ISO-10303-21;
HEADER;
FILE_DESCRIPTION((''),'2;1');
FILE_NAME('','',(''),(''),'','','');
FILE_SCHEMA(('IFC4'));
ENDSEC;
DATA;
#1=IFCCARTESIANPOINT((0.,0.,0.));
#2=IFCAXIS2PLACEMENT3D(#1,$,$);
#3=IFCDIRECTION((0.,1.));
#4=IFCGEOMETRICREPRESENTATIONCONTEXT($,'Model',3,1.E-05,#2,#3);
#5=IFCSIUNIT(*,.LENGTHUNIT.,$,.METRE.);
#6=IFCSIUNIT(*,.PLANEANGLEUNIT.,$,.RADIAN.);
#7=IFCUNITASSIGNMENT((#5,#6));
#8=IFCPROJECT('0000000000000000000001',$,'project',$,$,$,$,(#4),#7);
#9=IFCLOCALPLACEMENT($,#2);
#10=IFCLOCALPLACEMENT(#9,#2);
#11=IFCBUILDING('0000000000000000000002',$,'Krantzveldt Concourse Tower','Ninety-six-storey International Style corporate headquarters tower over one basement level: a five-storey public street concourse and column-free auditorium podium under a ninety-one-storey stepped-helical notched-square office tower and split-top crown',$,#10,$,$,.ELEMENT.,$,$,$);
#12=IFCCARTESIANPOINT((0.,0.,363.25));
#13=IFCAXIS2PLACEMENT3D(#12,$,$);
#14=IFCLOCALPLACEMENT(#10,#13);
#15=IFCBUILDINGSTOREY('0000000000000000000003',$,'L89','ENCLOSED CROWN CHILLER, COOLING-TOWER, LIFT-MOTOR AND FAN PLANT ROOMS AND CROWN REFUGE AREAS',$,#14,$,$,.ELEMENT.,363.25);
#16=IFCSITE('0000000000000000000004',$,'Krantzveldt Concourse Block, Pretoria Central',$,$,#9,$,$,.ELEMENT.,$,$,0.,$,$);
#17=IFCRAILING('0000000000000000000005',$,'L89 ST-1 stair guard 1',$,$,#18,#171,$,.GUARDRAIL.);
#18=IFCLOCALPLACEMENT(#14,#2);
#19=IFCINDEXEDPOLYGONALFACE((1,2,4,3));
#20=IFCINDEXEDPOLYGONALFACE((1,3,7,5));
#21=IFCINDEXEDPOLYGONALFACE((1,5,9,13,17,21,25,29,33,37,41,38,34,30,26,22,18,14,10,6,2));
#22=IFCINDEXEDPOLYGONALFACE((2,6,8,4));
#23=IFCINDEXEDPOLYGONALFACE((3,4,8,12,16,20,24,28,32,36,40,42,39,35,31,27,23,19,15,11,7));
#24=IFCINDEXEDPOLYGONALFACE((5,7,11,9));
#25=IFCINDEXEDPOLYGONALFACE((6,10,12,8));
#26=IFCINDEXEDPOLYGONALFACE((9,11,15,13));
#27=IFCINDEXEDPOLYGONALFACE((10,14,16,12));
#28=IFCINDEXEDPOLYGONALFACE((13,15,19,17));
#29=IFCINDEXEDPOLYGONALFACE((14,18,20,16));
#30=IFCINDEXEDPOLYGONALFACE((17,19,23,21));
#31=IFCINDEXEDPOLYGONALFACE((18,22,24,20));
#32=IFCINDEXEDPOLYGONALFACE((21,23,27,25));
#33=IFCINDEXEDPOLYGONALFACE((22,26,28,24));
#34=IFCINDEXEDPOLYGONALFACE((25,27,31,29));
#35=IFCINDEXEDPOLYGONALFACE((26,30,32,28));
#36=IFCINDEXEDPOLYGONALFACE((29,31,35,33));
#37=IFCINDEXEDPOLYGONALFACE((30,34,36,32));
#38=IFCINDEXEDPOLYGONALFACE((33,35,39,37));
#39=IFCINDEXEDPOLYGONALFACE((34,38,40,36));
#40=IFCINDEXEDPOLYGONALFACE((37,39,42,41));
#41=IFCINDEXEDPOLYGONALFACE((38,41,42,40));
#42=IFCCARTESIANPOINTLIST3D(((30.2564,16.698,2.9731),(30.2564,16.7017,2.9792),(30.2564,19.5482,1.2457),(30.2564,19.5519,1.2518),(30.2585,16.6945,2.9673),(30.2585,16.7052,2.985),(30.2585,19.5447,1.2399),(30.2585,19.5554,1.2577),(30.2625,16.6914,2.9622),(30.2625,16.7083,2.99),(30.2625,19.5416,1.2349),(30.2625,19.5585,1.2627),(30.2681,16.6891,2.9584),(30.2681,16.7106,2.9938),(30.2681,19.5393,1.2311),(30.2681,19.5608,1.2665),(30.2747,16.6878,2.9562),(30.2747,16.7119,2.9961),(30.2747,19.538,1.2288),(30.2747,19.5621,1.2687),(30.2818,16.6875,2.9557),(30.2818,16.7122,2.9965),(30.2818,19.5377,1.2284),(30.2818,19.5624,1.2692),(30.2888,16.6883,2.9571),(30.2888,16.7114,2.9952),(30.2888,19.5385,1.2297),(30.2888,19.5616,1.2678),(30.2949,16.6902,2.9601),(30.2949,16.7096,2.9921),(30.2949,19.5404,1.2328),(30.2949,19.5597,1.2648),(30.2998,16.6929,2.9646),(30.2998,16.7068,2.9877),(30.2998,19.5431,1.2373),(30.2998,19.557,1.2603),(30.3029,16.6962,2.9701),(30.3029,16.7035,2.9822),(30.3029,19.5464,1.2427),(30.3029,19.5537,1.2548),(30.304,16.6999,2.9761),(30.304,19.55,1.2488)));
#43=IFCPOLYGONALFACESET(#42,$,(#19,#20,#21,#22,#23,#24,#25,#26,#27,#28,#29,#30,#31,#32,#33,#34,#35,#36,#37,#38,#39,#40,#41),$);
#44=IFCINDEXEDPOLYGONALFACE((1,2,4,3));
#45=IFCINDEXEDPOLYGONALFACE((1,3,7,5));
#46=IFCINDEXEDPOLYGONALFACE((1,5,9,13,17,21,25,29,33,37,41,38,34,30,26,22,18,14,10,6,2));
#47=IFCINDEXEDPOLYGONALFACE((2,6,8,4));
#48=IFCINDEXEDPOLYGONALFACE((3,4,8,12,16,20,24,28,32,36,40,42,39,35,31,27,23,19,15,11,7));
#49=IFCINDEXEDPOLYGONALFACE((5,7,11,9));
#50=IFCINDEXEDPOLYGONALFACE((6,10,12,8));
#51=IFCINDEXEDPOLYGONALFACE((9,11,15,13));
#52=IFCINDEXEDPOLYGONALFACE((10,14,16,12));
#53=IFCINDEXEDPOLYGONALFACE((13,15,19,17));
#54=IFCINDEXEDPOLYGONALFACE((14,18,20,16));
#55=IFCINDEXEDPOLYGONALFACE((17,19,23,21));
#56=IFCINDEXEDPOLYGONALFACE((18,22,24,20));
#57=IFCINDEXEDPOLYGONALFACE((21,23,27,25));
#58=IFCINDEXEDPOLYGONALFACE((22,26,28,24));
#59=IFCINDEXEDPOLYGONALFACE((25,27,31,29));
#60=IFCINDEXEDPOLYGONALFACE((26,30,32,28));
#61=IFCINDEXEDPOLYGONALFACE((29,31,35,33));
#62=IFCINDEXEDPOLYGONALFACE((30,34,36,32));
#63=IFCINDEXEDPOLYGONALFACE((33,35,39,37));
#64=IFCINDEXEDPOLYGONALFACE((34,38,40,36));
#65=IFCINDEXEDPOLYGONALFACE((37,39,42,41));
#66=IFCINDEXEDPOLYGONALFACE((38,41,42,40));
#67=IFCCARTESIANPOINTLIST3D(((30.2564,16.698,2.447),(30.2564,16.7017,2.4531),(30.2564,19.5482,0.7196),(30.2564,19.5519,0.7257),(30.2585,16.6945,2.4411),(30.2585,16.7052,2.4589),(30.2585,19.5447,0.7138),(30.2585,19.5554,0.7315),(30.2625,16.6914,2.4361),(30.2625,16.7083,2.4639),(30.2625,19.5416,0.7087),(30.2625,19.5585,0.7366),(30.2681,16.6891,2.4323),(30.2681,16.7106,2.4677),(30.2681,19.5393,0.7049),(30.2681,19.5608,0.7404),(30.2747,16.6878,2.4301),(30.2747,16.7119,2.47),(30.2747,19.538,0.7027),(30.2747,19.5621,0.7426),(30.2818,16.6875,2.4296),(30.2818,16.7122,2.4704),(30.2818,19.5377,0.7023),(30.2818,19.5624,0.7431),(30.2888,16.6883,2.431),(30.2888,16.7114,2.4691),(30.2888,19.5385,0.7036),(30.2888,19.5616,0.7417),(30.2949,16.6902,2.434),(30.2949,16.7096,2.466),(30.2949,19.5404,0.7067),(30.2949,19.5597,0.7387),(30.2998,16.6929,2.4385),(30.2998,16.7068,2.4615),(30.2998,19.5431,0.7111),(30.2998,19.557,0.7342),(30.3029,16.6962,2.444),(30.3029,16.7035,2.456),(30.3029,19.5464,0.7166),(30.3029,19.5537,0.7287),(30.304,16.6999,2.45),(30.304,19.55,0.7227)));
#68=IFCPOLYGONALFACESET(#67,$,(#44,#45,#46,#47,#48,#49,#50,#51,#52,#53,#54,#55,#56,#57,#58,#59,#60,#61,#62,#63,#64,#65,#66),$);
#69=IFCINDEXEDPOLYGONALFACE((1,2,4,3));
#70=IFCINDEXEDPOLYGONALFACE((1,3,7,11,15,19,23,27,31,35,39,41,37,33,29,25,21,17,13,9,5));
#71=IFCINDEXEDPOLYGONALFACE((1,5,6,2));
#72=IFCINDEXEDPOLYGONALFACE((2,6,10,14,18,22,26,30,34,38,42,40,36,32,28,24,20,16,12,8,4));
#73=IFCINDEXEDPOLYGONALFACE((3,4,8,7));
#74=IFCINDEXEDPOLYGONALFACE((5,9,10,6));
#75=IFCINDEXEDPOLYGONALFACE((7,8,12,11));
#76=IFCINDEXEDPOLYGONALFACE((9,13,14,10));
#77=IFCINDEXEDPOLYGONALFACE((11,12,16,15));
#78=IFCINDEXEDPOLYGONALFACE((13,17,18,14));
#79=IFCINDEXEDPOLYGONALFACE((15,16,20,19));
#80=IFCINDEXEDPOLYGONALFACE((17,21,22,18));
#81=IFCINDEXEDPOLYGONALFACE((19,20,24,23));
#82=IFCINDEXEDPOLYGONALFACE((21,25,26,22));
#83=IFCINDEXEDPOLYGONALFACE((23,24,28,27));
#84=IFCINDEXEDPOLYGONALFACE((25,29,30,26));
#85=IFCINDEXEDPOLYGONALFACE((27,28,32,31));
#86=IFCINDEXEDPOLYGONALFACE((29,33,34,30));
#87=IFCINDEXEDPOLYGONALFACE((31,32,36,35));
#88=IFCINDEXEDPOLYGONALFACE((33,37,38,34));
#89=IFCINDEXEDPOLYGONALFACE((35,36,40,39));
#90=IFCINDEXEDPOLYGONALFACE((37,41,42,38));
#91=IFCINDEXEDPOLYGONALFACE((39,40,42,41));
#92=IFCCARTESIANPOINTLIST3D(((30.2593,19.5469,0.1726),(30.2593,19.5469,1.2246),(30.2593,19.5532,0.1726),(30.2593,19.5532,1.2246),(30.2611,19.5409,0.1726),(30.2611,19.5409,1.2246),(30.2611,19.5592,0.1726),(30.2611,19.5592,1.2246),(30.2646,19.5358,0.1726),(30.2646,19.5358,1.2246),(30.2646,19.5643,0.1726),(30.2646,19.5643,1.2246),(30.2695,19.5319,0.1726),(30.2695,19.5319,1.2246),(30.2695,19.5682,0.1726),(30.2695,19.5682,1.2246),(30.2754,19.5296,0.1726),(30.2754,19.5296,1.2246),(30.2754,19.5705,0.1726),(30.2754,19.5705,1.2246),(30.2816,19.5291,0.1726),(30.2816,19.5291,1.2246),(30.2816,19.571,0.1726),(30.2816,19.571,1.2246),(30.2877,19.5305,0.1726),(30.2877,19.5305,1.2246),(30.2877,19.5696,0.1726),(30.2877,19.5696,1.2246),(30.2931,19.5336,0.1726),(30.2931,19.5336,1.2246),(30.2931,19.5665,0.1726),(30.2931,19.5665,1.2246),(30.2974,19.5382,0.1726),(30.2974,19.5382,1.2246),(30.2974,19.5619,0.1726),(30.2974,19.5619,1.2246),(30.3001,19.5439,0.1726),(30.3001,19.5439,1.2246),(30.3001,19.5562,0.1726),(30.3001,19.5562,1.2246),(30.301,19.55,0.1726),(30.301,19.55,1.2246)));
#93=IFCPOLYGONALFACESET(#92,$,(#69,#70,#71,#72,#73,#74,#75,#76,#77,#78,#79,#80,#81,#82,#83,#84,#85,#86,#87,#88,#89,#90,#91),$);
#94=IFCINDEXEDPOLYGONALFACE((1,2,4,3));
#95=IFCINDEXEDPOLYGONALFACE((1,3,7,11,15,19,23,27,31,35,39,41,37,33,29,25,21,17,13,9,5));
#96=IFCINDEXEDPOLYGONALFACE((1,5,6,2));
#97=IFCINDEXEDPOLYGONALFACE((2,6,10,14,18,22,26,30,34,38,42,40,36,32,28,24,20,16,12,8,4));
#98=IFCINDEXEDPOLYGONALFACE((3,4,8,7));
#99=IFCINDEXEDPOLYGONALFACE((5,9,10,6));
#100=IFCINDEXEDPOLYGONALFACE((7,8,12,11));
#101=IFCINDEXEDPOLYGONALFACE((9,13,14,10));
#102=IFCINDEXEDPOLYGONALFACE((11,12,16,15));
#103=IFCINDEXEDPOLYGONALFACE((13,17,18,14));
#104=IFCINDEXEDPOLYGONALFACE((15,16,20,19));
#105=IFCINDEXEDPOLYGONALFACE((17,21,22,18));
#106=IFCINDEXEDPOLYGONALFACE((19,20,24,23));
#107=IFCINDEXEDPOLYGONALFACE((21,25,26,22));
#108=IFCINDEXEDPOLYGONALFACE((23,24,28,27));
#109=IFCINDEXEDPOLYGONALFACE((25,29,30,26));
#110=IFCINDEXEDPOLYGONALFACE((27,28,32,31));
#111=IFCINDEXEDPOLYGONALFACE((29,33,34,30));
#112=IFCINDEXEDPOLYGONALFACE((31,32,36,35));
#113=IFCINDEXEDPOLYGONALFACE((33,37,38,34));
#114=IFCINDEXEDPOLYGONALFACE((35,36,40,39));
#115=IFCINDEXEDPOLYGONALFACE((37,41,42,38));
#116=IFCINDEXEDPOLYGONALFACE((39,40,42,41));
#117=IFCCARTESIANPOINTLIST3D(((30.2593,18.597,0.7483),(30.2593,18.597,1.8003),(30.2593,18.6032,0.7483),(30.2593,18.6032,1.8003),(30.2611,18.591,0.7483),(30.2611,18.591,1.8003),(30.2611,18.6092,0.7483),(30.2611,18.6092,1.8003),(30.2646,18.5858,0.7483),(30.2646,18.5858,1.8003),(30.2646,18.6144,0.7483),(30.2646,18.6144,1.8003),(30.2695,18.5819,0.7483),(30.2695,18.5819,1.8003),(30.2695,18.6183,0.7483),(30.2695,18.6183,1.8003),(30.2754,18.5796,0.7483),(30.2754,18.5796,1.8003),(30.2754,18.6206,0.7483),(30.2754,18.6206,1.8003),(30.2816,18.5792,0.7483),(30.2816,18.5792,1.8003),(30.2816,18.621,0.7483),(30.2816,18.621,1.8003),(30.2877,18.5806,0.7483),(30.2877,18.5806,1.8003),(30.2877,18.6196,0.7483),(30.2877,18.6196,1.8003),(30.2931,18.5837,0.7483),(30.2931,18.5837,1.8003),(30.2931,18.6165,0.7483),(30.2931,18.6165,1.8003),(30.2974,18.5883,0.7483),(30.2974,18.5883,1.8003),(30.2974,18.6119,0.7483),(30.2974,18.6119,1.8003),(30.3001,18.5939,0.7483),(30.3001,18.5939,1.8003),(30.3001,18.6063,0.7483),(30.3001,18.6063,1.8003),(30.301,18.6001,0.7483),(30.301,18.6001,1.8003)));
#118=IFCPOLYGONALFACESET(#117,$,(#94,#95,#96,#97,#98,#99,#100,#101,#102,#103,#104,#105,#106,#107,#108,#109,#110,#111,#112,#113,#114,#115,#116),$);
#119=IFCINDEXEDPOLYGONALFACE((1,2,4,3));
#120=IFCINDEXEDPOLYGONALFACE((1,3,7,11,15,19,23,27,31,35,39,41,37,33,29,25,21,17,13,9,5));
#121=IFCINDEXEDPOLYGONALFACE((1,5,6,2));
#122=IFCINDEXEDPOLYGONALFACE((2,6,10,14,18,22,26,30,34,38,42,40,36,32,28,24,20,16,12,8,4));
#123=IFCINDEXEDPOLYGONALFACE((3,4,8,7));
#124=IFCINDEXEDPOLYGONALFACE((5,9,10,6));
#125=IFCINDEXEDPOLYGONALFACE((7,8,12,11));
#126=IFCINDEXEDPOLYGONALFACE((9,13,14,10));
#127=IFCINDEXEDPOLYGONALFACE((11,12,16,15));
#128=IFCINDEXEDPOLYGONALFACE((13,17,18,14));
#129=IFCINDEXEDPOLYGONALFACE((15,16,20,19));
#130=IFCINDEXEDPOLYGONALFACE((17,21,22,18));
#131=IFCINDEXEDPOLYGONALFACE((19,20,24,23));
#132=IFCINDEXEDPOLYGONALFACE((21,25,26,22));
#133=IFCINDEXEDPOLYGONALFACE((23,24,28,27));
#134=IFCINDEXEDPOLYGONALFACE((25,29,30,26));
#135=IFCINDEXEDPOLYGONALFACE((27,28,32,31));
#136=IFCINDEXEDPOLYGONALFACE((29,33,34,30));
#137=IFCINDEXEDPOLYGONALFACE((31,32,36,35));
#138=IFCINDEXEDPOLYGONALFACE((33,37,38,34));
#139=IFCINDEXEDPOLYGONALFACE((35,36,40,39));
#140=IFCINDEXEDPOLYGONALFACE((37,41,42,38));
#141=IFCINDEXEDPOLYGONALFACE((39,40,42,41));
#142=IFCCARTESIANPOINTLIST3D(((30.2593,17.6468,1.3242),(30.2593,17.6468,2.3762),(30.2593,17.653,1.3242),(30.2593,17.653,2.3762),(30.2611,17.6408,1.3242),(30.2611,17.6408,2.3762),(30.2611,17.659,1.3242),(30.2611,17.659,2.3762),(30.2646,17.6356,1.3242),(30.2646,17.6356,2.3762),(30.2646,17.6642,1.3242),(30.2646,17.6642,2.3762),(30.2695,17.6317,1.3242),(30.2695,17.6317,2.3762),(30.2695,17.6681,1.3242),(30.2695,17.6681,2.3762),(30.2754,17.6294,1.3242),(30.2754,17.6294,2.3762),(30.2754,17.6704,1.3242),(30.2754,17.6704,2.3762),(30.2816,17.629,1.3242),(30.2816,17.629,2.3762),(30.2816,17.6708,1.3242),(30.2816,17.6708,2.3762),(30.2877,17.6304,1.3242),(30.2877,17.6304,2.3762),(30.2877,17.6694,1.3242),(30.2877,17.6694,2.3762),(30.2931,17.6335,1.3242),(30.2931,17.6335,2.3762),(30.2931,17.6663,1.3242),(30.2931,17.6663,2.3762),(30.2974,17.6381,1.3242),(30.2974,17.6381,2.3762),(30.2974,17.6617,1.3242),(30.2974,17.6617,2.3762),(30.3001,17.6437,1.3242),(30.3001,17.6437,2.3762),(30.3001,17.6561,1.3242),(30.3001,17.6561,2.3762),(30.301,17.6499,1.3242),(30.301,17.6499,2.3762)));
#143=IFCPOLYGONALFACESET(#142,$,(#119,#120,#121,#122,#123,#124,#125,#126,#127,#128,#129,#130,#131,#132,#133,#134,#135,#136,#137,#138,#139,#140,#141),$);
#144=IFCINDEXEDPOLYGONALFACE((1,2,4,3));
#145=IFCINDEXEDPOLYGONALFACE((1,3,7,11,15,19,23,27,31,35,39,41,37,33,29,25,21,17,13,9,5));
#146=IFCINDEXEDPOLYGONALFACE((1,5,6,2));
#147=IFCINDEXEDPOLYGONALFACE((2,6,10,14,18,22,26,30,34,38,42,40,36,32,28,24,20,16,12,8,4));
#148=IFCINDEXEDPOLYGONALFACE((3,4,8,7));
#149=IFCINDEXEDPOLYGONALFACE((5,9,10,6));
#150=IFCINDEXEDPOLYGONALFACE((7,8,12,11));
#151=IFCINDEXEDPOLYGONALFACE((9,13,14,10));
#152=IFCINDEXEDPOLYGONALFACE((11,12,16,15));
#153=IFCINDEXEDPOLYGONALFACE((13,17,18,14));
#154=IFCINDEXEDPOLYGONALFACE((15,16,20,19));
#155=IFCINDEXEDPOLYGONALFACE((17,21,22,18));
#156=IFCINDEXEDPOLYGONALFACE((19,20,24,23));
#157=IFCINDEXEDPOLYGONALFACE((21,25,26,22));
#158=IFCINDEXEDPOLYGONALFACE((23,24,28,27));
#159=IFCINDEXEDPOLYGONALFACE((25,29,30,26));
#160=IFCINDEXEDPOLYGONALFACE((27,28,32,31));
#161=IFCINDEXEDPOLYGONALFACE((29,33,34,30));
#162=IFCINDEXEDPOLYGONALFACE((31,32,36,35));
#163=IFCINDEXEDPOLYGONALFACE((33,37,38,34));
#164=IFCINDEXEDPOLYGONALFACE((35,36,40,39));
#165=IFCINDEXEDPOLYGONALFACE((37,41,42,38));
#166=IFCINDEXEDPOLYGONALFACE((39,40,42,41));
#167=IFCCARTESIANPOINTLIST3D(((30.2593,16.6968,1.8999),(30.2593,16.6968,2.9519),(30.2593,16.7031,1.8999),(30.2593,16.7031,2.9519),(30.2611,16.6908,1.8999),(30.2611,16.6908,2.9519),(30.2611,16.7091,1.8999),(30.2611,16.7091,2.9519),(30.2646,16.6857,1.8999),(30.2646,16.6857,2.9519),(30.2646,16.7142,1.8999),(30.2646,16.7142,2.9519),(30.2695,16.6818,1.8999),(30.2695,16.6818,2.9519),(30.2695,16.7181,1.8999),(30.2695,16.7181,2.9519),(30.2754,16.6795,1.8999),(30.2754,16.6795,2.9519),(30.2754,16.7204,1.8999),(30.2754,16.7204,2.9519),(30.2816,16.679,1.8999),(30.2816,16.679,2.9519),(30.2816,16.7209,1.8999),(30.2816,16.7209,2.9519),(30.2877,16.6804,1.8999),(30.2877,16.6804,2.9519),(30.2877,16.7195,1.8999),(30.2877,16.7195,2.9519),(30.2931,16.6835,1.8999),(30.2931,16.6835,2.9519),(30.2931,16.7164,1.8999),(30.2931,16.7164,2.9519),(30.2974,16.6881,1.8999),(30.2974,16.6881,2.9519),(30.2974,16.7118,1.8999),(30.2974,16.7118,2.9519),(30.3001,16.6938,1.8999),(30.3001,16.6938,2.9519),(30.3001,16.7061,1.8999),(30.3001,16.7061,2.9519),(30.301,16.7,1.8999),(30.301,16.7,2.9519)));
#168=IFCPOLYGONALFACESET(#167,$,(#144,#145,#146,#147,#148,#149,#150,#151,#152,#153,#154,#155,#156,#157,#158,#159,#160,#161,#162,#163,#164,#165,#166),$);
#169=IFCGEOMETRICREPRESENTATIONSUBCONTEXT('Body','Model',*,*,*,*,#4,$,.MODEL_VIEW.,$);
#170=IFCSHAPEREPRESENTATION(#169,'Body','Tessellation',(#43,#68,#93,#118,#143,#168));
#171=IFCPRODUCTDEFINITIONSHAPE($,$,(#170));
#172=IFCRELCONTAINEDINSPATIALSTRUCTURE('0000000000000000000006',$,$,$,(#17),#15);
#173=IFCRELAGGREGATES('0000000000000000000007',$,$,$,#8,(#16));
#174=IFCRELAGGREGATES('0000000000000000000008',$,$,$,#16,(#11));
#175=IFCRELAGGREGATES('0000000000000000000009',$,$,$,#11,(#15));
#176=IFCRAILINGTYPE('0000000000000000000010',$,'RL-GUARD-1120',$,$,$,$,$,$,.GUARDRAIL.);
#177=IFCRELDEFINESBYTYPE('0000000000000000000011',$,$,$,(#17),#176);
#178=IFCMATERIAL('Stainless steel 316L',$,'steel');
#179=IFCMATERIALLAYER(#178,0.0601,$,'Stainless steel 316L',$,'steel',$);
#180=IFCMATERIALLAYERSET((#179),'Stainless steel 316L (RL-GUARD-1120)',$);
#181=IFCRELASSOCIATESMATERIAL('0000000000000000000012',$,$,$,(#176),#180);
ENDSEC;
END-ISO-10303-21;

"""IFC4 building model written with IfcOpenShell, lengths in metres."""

from ifc_helpers import new_model, si_unit, direction, frame, origin, origin_2d, place, context, subcontext, project, spatial, circle, extrude, material, layer, layer_set, type_object, element, save


model = new_model("IFC4")

# Units and contexts
model_context = context("Model", 3, precision=1e-05, world=origin(), true_north=direction((0.0, 1.0)))
body_context = subcontext(model_context, "Body", "Model", "MODEL_VIEW")
ifc_project = project(units=[si_unit("LENGTHUNIT", "METRE"), si_unit("PLANEANGLEUNIT", "RADIAN")], contexts=[model_context])

# Site, building, storey
site_placement = place(None, origin())
site = spatial("IfcSite", under=ifc_project, at=site_placement, Name="Krantzveldt Concourse Block, Pretoria Central", CompositionType="ELEMENT", RefElevation=0.0)
building_placement = place(site_placement, origin())
building = spatial("IfcBuilding", under=site, at=building_placement, Name="Krantzveldt Concourse Tower", Description="Ninety-six-storey International Style corporate headquarters tower over one basement level: a five-storey public street concourse and column-free auditorium podium under a ninety-one-storey stepped-helical notched-square office tower and split-top crown", CompositionType="ELEMENT")
storey_placement = place(building_placement, frame((0.0, 0.0, 363.25)))
storey = spatial("IfcBuildingStorey", under=building, at=storey_placement, Name="L89", Description="ENCLOSED CROWN CHILLER, COOLING-TOWER, LIFT-MOTOR AND FAN PLANT ROOMS AND CROWN REFUGE AREAS", CompositionType="ELEMENT", Elevation=363.25)

# Shared definitions
ifc_material_1 = material(Name="Stainless steel 316L", Category="steel")

# Railing
ifc_layer_1 = layer(ifc_material_1, 0.0601, Name="Stainless steel 316L", Category="steel")
ifc_layer_set_1 = layer_set([ifc_layer_1], Name="Stainless steel 316L (RL-GUARD-1120)")
railing_type_1 = type_object("IfcRailingType", Name="RL-GUARD-1120", PredefinedType="GUARDRAIL", material=ifc_layer_set_1)
railing_1_placement = place(storey_placement, frame((30.28, 19.55, 0.1726)))
element("IfcRailing", 1, at=railing_1_placement, inside=storey, type_object=railing_type_1, Name="L89 ST-1 stair guard 1", PredefinedType="GUARDRAIL", context=body_context, shape_type="SweptSolid", body=[
    extrude(circle(Radius=0.0239, at=origin_2d()), frame((0.0, 0.0, 1.0762), z_axis=(0.0, -0.855203, 0.518294), x_axis=(1.0, 0.0, 0.0)), (0.0, 0.0, 1.0), 3.3328),
    extrude(circle(Radius=0.0239, at=origin_2d()), frame((0.0, 0.0, 0.55), z_axis=(0.0, -0.855203, 0.518294), x_axis=(1.0, 0.0, 0.0)), (0.0, 0.0, 1.0), 3.3328),
    extrude(circle(Radius=0.021, at=origin_2d()), origin(), (0.0, 0.0, 1.0), 1.052),
    extrude(circle(Radius=0.021, at=origin_2d()), frame((0.0, -0.95, 0.5757)), (0.0, 0.0, 1.0), 1.052),
    extrude(circle(Radius=0.021, at=origin_2d()), frame((0.0, -1.9001, 1.1516)), (0.0, 0.0, 1.0), 1.052),
    extrude(circle(Radius=0.021, at=origin_2d()), frame((0.0, -2.8501, 1.7273)), (0.0, 0.0, 1.0), 1.052),
])

save(model, "model.ifc")
